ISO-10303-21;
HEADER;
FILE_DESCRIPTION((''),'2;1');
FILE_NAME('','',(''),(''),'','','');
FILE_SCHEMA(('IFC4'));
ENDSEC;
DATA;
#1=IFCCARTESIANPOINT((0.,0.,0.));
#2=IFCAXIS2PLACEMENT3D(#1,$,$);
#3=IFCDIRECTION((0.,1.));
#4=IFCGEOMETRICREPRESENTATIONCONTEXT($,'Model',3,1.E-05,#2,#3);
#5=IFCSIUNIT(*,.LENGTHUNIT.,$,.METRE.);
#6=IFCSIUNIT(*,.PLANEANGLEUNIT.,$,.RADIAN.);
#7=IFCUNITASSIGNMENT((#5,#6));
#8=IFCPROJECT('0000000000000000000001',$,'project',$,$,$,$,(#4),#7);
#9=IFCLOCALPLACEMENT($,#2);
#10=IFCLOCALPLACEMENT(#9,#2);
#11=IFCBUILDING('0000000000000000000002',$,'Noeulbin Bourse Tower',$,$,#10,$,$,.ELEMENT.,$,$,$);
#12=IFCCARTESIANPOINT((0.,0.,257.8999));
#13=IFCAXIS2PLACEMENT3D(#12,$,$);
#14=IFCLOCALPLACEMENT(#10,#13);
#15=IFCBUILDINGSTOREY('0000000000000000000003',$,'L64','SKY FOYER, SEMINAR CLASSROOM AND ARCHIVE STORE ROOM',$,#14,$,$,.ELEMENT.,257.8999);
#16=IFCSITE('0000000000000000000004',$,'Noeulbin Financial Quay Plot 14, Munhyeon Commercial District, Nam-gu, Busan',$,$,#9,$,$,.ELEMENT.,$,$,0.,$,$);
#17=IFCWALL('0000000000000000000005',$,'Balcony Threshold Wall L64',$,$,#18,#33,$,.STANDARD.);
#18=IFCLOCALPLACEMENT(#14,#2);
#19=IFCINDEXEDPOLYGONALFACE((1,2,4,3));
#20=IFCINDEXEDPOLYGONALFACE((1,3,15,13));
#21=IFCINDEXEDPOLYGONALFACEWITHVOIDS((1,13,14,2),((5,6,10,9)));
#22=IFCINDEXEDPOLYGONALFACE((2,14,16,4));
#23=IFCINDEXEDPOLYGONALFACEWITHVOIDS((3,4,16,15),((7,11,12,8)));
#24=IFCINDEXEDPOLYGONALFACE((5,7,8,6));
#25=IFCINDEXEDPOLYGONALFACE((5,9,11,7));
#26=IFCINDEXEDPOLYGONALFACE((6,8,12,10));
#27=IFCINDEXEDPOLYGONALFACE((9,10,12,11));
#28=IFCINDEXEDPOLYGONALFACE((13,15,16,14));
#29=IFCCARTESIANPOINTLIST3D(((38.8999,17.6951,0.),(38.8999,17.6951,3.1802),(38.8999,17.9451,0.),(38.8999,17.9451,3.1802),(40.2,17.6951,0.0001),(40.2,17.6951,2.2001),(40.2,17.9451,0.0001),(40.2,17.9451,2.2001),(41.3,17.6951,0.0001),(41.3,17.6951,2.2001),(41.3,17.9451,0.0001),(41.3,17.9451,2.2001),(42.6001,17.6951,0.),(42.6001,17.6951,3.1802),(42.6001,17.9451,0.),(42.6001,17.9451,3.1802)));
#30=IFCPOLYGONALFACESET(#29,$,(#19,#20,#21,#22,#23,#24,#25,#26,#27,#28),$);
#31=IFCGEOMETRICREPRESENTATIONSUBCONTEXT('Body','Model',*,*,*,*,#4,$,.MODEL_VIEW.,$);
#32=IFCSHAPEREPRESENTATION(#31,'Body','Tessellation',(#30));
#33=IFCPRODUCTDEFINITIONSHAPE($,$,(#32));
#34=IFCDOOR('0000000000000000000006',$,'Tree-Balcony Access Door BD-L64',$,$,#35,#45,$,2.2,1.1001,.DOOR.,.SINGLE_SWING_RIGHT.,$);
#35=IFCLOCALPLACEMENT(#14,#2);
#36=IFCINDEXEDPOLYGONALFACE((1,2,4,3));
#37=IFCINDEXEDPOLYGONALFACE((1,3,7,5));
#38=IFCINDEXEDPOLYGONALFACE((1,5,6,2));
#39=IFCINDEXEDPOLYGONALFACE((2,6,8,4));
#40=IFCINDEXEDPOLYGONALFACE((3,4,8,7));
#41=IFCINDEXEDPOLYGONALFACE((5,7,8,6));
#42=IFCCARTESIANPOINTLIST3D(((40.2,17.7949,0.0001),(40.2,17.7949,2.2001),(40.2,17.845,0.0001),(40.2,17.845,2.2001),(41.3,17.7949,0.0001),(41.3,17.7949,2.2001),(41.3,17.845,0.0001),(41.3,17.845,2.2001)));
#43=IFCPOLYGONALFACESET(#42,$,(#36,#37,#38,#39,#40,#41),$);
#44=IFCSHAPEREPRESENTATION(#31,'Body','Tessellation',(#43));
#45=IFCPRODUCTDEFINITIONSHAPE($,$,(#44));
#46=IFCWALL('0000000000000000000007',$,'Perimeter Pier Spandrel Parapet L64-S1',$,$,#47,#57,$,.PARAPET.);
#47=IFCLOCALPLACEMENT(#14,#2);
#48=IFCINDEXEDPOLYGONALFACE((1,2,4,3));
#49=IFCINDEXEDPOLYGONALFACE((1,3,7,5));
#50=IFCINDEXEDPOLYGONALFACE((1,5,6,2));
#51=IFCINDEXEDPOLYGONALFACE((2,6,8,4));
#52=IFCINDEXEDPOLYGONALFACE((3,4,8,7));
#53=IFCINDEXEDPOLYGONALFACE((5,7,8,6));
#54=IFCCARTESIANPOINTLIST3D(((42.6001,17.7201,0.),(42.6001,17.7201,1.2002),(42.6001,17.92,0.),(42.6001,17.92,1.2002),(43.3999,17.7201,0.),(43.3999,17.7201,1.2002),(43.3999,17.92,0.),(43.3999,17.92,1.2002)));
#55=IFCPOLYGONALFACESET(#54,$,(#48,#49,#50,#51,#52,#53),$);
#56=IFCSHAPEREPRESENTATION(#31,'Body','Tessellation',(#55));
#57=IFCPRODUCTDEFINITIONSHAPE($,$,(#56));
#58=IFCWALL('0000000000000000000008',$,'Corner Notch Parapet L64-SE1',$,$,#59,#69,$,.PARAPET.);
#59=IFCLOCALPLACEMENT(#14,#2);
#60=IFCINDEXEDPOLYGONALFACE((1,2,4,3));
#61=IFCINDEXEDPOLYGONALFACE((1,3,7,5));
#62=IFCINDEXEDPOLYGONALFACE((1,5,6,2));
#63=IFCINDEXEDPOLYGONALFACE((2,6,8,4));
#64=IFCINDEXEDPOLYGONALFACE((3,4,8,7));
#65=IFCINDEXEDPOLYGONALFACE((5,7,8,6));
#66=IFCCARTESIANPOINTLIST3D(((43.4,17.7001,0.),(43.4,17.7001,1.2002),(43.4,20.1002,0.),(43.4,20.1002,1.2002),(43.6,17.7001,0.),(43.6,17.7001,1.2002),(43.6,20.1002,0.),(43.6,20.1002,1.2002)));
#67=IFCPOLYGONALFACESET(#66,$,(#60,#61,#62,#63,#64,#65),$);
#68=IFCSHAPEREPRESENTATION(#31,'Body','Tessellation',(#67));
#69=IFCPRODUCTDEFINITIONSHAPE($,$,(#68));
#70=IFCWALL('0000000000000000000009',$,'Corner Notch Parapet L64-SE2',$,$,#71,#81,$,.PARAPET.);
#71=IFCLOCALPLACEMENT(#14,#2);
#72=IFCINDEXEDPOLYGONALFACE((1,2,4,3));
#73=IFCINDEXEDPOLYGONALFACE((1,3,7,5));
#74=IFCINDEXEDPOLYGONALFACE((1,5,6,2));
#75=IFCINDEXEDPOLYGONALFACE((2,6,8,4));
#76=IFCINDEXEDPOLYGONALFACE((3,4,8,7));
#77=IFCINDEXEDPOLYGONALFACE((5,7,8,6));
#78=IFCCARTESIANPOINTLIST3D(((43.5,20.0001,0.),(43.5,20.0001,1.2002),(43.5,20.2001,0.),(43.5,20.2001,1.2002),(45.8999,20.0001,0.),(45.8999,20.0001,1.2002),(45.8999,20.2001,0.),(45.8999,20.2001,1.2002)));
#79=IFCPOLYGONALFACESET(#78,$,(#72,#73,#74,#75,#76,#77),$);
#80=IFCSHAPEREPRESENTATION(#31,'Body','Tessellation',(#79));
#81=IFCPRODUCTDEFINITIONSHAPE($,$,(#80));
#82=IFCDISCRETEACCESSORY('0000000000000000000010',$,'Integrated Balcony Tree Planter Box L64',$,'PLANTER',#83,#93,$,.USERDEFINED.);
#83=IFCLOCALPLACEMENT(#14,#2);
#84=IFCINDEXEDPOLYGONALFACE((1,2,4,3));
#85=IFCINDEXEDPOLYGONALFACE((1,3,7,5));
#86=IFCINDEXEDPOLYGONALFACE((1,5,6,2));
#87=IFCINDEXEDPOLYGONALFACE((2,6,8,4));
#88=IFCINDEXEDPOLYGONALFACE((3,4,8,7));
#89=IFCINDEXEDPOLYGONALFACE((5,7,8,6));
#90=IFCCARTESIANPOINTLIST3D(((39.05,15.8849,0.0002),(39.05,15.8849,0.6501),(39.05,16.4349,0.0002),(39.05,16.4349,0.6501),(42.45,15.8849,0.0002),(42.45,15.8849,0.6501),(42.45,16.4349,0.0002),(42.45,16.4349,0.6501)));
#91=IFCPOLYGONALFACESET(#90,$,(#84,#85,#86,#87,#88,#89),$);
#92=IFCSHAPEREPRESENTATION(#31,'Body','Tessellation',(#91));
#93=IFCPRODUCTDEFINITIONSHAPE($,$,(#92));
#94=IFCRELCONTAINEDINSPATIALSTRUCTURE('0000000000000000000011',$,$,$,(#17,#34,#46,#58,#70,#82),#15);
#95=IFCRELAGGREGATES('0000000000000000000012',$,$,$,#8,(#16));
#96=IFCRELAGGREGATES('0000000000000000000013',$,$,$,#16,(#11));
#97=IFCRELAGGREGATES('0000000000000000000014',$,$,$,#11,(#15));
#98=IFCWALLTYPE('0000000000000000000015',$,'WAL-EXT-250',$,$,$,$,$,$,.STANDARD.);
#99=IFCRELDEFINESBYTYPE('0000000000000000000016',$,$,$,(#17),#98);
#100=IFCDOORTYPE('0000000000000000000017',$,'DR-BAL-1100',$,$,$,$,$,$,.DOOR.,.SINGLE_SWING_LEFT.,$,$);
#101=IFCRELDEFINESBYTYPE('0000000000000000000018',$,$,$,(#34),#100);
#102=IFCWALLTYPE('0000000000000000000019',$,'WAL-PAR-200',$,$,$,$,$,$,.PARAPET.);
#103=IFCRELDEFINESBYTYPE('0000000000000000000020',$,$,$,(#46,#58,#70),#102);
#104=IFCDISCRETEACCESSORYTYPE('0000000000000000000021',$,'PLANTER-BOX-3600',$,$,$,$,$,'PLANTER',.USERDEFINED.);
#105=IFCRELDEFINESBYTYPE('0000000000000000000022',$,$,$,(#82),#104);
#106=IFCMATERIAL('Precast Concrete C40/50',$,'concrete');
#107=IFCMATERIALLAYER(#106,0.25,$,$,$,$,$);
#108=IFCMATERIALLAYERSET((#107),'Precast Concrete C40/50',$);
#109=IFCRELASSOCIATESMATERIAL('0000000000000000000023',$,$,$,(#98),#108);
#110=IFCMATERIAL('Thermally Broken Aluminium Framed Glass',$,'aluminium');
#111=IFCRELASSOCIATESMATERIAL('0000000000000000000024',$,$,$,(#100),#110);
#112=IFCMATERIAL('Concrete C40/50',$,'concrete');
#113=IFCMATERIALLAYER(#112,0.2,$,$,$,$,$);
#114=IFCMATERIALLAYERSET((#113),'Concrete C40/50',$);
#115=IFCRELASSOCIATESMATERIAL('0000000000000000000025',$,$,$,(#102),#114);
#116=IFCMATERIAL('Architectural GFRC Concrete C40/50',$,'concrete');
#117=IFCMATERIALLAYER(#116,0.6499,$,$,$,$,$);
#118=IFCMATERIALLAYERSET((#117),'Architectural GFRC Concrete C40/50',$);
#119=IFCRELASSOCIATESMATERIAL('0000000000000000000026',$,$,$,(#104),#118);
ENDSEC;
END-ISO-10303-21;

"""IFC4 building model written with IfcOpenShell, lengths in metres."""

from ifc_helpers import new_model, si_unit, direction, frame, frame_2d, origin, origin_2d, place, context, subcontext, project, spatial, rectangle, extrude, material, layer, layer_set, type_object, element, fill, save


model = new_model("IFC4")

# Units and contexts
model_context = context("Model", 3, precision=1e-05, world=origin(), true_north=direction((0.0, 1.0)))
body_context = subcontext(model_context, "Body", "Model", "MODEL_VIEW")
ifc_project = project(units=[si_unit("LENGTHUNIT", "METRE"), si_unit("PLANEANGLEUNIT", "RADIAN")], contexts=[model_context])

# Site, building, storey
site_placement = place(None, origin())
site = spatial("IfcSite", under=ifc_project, at=site_placement, Name="Noeulbin Financial Quay Plot 14, Munhyeon Commercial District, Nam-gu, Busan", CompositionType="ELEMENT", RefElevation=0.0)
building_placement = place(site_placement, origin())
building = spatial("IfcBuilding", under=site, at=building_placement, Name="Noeulbin Bourse Tower", CompositionType="ELEMENT")
storey_placement = place(building_placement, frame((0.0, 0.0, 257.8999)))
storey = spatial("IfcBuildingStorey", under=building, at=storey_placement, Name="L64", Description="SKY FOYER, SEMINAR CLASSROOM AND ARCHIVE STORE ROOM", CompositionType="ELEMENT", Elevation=257.8999)

# Wall, opening, door
ifc_material_1 = material(Name="Precast Concrete C40/50", Category="concrete")
ifc_layer_1 = layer(ifc_material_1, 0.25)
ifc_layer_set_1 = layer_set([ifc_layer_1], Name="Precast Concrete C40/50")
wall_type_1 = type_object("IfcWallType", Name="WAL-EXT-250", PredefinedType="STANDARD", material=ifc_layer_set_1)
wall_1_placement = place(storey_placement, frame((38.8999, 17.8201, 0.0), z_axis=(0.0, 0.0, 1.0), x_axis=(1.0, 0.0, 0.0)))
wall_1 = element("IfcWall", 1, at=wall_1_placement, inside=storey, type_object=wall_type_1, Name="Balcony Threshold Wall L64", PredefinedType="STANDARD", context=body_context, shape_type="SweptSolid", body=[
    extrude(rectangle(XDim=3.7002, YDim=0.25, at=frame_2d((1.8501, 0.0))), origin(), (0.0, 0.0, 1.0), 3.1802),
])
opening_placement = place(wall_1_placement, frame((1.3, 0.0, 0.0)))
opening = element("IfcOpeningElement", 2, at=opening_placement, cuts=wall_1, PredefinedType="OPENING", context=body_context, shape_type="SweptSolid", body=[
    extrude(rectangle(XDim=1.1001, YDim=2.2, at=frame_2d((0.55, 1.1001))), frame((0.0, 0.135, 0.0), z_axis=(0.0, -1.0, 0.0), x_axis=(1.0, 0.0, 0.0)), (0.0, 0.0, 1.0), 0.27),
])
ifc_material_2 = material(Name="Thermally Broken Aluminium Framed Glass", Category="aluminium")
door_type = type_object("IfcDoorType", Name="DR-BAL-1100", OperationType="SINGLE_SWING_LEFT", PredefinedType="DOOR", material=ifc_material_2)
door_placement = place(opening_placement, origin())
door = element("IfcDoor", 3, at=door_placement, inside=storey, type_object=door_type, Name="Tree-Balcony Access Door BD-L64", OperationType="SINGLE_SWING_RIGHT", OverallHeight=2.2, OverallWidth=1.1001, PredefinedType="DOOR", context=body_context, shape_type="SweptSolid", body=[
    extrude(rectangle(XDim=1.1001, YDim=2.2, at=frame_2d((0.55, 1.1001))), frame((0.0, 0.0249, 0.0), z_axis=(0.0, -1.0, 0.0), x_axis=(1.0, 0.0, 0.0)), (0.0, 0.0, 1.0), 0.05),
])
fill(opening, door)

# Walls
ifc_material_3 = material(Name="Concrete C40/50", Category="concrete")
ifc_layer_2 = layer(ifc_material_3, 0.2)
ifc_layer_set_2 = layer_set([ifc_layer_2], Name="Concrete C40/50")
wall_type_2 = type_object("IfcWallType", Name="WAL-PAR-200", PredefinedType="PARAPET", material=ifc_layer_set_2)
wall_2_placement = place(storey_placement, frame((42.6001, 17.8201, 0.0), z_axis=(0.0, 0.0, 1.0), x_axis=(1.0, 0.0, 0.0)))
element("IfcWall", 4, at=wall_2_placement, inside=storey, type_object=wall_type_2, Name="Perimeter Pier Spandrel Parapet L64-S1", PredefinedType="PARAPET", context=body_context, shape_type="SweptSolid", body=[
    extrude(rectangle(XDim=0.7998, YDim=0.2, at=frame_2d((0.3999, 0.0))), origin(), (0.0, 0.0, 1.0), 1.2002),
])
wall_3_placement = place(storey_placement, frame((43.5, 17.7, 0.0), z_axis=(0.0, 0.0, 1.0), x_axis=(0.0, 1.0, 0.0)))
element("IfcWall", 5, at=wall_3_placement, inside=storey, type_object=wall_type_2, Name="Corner Notch Parapet L64-SE1", PredefinedType="PARAPET", context=body_context, shape_type="SweptSolid", body=[
    extrude(rectangle(XDim=2.4001, YDim=0.2, at=frame_2d((1.2002, 0.0))), origin(), (0.0, 0.0, 1.0), 1.2002),
])
wall_4_placement = place(storey_placement, frame((43.5, 20.1001, 0.0), z_axis=(0.0, 0.0, 1.0), x_axis=(1.0, 0.0, 0.0)))
element("IfcWall", 6, at=wall_4_placement, inside=storey, type_object=wall_type_2, Name="Corner Notch Parapet L64-SE2", PredefinedType="PARAPET", context=body_context, shape_type="SweptSolid", body=[
    extrude(rectangle(XDim=2.3999, YDim=0.2, at=frame_2d((1.2, 0.0))), origin(), (0.0, 0.0, 1.0), 1.2002),
])

# Discrete accessory
ifc_material_4 = material(Name="Architectural GFRC Concrete C40/50", Category="concrete")
ifc_layer_3 = layer(ifc_material_4, 0.6499)
ifc_layer_set_3 = layer_set([ifc_layer_3], Name="Architectural GFRC Concrete C40/50")
discrete_accessory_type = type_object("IfcDiscreteAccessoryType", Name="PLANTER-BOX-3600", ElementType="PLANTER", PredefinedType="USERDEFINED", material=ifc_layer_set_3)
discrete_accessory_placement = place(storey_placement, frame((40.75, 16.1599, 0.0002), z_axis=(0.0, 0.0, 1.0), x_axis=(1.0, 0.0, 0.0)))
element("IfcDiscreteAccessory", 7, at=discrete_accessory_placement, inside=storey, type_object=discrete_accessory_type, Name="Integrated Balcony Tree Planter Box L64", ObjectType="PLANTER", PredefinedType="USERDEFINED", context=body_context, shape_type="SweptSolid", body=[
    extrude(rectangle(XDim=3.3999, YDim=0.55, at=origin_2d()), origin(), (0.0, 0.0, 1.0), 0.6499),
])

save(model, "model.ifc")
